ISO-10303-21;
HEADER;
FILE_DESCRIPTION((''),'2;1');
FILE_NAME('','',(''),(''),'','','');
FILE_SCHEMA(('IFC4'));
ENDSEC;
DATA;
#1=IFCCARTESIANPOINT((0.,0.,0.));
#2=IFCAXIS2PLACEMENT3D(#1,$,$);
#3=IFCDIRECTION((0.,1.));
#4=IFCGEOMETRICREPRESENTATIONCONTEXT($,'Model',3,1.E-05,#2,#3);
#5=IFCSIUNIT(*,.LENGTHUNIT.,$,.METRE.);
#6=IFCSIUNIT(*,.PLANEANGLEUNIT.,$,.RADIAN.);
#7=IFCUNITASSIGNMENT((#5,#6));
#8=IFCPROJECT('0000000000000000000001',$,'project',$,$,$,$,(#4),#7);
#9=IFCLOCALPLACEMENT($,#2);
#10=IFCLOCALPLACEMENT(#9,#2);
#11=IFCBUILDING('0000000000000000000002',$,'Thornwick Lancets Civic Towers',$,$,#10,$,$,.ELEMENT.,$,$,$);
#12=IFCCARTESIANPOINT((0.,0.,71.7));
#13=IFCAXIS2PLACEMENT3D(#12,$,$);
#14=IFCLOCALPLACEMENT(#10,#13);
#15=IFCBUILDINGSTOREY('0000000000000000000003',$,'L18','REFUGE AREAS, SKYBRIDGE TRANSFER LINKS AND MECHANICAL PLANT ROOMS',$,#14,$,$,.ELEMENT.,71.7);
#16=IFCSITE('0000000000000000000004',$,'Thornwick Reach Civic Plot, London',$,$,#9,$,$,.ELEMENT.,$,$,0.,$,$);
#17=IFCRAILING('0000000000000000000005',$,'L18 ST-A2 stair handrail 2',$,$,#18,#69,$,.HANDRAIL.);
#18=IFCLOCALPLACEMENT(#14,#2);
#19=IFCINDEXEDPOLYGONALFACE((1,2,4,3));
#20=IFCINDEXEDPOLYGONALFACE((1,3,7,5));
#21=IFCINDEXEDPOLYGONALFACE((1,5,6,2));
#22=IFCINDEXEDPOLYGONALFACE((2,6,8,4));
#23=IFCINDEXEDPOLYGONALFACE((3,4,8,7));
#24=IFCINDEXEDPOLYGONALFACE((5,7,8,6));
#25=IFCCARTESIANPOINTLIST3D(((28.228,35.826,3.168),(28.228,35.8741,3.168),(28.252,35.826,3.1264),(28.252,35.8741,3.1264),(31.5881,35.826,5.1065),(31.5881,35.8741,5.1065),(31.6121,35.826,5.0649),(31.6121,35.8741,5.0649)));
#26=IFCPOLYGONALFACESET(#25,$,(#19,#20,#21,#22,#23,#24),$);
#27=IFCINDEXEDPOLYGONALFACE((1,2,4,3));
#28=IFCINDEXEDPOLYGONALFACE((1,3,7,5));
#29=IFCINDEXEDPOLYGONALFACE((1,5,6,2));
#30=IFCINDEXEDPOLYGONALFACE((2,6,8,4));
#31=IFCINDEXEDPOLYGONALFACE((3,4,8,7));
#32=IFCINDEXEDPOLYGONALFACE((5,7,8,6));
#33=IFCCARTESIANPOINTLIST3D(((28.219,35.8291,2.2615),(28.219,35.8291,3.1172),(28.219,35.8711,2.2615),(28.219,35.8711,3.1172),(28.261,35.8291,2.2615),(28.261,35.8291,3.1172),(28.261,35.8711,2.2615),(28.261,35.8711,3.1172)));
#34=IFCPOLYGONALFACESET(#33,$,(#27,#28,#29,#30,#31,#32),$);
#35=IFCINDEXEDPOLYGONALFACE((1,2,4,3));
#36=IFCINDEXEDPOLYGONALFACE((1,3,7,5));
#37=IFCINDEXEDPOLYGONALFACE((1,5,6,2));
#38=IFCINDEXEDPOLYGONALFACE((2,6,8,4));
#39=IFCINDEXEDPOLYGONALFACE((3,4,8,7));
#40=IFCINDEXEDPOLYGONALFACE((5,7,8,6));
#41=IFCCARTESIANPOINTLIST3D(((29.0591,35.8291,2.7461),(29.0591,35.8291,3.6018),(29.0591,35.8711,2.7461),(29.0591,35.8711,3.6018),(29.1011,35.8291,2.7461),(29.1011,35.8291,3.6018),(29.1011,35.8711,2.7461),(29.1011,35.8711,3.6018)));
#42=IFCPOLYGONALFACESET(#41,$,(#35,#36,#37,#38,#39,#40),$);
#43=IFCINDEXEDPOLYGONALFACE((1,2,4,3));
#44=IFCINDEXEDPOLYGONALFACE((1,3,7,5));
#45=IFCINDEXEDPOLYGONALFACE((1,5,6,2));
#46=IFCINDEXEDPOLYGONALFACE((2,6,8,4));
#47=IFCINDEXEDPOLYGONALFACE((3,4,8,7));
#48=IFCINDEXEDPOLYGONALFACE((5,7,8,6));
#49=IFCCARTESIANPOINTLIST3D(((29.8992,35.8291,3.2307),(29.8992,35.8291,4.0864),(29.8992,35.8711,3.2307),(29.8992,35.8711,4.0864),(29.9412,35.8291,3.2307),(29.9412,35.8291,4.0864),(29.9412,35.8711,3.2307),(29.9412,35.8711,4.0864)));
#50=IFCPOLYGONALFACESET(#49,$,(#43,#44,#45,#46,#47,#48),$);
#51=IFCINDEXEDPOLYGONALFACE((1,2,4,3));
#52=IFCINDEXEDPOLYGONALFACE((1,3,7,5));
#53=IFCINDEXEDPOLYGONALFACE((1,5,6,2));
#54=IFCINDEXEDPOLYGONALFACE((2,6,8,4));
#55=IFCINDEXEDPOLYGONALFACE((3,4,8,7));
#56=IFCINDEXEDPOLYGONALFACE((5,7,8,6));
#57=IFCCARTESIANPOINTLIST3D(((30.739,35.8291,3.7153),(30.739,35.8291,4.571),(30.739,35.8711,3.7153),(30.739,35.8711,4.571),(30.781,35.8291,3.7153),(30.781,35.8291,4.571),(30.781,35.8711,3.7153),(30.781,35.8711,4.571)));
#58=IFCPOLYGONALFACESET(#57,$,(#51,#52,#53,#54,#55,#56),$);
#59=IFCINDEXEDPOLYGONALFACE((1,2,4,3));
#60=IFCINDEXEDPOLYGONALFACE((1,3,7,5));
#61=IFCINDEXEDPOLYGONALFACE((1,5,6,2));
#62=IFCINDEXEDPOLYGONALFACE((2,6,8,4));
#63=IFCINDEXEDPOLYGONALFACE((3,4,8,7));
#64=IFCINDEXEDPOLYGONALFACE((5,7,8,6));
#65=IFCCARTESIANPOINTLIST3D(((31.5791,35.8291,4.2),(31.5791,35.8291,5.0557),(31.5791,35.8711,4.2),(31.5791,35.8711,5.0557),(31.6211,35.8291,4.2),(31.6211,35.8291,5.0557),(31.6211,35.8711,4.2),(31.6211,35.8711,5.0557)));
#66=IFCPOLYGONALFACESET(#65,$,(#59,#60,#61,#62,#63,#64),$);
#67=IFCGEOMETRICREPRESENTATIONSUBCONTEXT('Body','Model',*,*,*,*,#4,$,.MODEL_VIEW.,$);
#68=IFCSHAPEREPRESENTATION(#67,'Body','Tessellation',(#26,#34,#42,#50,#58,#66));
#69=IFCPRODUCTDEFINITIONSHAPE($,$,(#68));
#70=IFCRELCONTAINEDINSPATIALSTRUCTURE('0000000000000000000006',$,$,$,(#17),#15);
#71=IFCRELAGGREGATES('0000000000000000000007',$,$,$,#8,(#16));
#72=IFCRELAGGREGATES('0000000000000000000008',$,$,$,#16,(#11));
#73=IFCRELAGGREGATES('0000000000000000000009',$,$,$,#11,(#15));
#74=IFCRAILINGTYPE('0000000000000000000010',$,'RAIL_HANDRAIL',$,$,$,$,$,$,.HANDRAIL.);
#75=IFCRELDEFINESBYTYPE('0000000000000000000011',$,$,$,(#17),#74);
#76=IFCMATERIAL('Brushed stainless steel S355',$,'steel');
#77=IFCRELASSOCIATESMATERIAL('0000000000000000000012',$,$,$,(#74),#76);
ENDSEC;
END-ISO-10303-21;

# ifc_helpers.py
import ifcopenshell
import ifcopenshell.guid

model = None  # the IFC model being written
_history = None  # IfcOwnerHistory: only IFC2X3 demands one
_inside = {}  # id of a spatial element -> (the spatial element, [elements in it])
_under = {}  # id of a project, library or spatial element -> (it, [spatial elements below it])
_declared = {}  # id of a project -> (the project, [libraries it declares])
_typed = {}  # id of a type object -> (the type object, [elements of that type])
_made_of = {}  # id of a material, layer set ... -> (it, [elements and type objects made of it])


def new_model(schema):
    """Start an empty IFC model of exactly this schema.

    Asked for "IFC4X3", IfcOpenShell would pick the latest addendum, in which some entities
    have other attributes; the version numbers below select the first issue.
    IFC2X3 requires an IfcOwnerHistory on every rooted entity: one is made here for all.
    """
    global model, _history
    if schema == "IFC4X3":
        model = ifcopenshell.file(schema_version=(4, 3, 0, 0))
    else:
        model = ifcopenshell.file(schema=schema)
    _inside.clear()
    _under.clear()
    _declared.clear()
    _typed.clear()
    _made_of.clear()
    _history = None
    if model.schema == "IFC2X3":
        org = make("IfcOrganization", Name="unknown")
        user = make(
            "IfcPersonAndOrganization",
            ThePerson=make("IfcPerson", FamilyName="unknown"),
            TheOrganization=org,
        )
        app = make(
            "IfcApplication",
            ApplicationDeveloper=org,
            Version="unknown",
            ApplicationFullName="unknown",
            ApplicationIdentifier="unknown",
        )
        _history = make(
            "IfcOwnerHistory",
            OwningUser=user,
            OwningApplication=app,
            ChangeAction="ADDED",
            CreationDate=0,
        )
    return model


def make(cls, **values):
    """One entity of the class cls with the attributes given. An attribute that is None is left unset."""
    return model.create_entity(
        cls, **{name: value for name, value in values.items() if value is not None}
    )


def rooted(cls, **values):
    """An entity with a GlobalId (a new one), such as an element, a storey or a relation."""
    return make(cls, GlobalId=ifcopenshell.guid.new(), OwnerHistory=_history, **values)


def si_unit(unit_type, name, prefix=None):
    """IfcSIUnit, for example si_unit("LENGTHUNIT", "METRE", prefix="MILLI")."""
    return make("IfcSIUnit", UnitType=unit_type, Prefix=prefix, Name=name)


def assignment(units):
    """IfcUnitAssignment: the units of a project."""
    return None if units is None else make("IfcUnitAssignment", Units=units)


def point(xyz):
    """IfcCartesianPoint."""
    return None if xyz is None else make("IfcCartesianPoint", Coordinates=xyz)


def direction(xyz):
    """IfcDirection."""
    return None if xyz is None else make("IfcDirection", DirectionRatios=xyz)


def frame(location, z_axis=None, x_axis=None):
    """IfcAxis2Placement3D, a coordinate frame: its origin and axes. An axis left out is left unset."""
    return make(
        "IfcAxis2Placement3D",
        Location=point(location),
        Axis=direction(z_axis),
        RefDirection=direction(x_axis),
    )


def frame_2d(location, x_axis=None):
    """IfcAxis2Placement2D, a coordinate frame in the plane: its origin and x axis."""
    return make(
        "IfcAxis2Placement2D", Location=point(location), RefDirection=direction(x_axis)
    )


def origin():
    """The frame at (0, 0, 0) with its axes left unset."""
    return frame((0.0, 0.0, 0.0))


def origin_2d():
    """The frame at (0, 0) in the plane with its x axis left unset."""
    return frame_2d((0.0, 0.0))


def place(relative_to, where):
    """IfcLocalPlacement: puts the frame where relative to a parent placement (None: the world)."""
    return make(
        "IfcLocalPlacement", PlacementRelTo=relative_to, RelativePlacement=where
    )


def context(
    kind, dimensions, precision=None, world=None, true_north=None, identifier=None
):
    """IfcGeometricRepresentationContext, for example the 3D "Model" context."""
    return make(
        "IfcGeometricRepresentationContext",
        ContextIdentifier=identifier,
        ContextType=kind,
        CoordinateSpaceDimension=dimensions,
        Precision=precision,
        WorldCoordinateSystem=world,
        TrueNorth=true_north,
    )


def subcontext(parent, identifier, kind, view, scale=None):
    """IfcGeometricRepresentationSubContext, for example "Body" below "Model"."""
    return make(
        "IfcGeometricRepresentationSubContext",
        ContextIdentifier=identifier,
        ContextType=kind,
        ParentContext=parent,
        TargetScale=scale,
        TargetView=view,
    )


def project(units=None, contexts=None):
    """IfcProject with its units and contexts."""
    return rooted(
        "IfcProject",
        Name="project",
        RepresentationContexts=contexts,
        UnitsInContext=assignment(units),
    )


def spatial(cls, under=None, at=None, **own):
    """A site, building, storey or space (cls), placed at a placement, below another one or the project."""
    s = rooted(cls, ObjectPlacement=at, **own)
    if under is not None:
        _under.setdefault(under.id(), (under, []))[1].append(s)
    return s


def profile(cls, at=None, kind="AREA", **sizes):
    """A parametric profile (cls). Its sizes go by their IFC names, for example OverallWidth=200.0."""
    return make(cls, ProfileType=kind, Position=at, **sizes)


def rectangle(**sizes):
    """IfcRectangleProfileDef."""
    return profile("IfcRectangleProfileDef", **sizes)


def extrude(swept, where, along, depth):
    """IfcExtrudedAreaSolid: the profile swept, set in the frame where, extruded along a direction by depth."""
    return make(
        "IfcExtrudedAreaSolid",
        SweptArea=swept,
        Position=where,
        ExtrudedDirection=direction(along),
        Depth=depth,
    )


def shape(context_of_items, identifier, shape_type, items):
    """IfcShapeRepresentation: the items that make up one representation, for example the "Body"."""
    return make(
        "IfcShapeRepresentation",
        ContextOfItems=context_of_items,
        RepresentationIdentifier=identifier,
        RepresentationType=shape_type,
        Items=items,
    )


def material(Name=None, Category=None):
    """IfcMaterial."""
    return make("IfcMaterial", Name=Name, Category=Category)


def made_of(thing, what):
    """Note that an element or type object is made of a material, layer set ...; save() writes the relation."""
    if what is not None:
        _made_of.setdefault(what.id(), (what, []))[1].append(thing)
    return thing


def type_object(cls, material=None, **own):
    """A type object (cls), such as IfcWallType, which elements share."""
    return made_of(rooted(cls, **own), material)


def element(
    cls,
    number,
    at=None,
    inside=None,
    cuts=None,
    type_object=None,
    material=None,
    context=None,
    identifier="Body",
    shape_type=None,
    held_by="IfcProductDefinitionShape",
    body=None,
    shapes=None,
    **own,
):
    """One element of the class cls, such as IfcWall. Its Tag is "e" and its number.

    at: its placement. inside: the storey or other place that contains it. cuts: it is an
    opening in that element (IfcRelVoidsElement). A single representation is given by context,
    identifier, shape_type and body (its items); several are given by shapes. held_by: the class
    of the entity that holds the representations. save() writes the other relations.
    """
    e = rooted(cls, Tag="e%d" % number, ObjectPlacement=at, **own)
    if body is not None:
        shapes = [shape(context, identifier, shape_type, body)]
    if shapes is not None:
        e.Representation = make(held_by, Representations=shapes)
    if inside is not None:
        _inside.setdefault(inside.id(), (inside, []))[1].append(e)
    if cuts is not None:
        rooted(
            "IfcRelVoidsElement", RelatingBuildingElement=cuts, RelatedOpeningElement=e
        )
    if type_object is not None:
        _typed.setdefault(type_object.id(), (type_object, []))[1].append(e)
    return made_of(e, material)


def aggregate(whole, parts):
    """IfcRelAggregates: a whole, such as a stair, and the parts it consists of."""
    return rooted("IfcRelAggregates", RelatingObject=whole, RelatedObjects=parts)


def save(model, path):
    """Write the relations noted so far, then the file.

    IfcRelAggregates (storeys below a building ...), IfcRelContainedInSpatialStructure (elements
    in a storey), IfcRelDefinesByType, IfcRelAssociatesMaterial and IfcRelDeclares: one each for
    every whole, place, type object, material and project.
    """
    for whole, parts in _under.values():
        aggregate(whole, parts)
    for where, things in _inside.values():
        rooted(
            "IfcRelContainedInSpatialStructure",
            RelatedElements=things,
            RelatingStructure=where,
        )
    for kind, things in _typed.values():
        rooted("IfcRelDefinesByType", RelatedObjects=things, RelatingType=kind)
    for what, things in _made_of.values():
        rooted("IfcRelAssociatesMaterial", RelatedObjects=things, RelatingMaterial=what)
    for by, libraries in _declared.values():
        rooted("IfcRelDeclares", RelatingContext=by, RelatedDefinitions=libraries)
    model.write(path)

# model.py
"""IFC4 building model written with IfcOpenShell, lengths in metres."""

from ifc_helpers import new_model, si_unit, direction, frame, origin, origin_2d, place, context, subcontext, project, spatial, rectangle, extrude, material, type_object, element, save


model = new_model("IFC4")

# Units and contexts
model_context = context("Model", 3, precision=1e-05, world=origin(), true_north=direction((0.0, 1.0)))
body_context = subcontext(model_context, "Body", "Model", "MODEL_VIEW")
ifc_project = project(units=[si_unit("LENGTHUNIT", "METRE"), si_unit("PLANEANGLEUNIT", "RADIAN")], contexts=[model_context])

# Site, building, storey
site_placement = place(None, origin())
site = spatial("IfcSite", under=ifc_project, at=site_placement, Name="Thornwick Reach Civic Plot, London", CompositionType="ELEMENT", RefElevation=0.0)
building_placement = place(site_placement, origin())
building = spatial("IfcBuilding", under=site, at=building_placement, Name="Thornwick Lancets Civic Towers", CompositionType="ELEMENT")
storey_placement = place(building_placement, frame((0.0, 0.0, 71.7)))
storey = spatial("IfcBuildingStorey", under=building, at=storey_placement, Name="L18", Description="REFUGE AREAS, SKYBRIDGE TRANSFER LINKS AND MECHANICAL PLANT ROOMS", CompositionType="ELEMENT", Elevation=71.7)

# Railing
ifc_material_1 = material(Name="Brushed stainless steel S355", Category="steel")
railing_type = type_object("IfcRailingType", Name="RAIL_HANDRAIL", PredefinedType="HANDRAIL", material=ifc_material_1)
railing_placement = place(storey_placement, frame((28.24, 35.8501, 2.2615)))
element("IfcRailing", 1, at=railing_placement, inside=storey, type_object=railing_type, Name="L18 ST-A2 stair handrail 2", PredefinedType="HANDRAIL", context=body_context, shape_type="SweptSolid", body=[
    extrude(rectangle(XDim=0.0481, YDim=0.0481, at=origin_2d()), frame((0.0, 0.0, 0.8857), z_axis=(0.866191, 0.0, 0.499713), x_axis=(0.0, 1.0, 0.0)), (0.0, 0.0, 1.0), 3.8792),
    extrude(rectangle(XDim=0.042, YDim=0.042, at=origin_2d()), origin(), (0.0, 0.0, 1.0), 0.8557),
    extrude(rectangle(XDim=0.042, YDim=0.042, at=origin_2d()), frame((0.8401, 0.0, 0.4846)), (0.0, 0.0, 1.0), 0.8557),
    extrude(rectangle(XDim=0.042, YDim=0.042, at=origin_2d()), frame((1.6802, 0.0, 0.9692)), (0.0, 0.0, 1.0), 0.8557),
    extrude(rectangle(XDim=0.042, YDim=0.042, at=origin_2d()), frame((2.52, 0.0, 1.4539)), (0.0, 0.0, 1.0), 0.8557),
    extrude(rectangle(XDim=0.042, YDim=0.042, at=origin_2d()), frame((3.3601, 0.0, 1.9385)), (0.0, 0.0, 1.0), 0.8557),
])

save(model, "model.ifc")
